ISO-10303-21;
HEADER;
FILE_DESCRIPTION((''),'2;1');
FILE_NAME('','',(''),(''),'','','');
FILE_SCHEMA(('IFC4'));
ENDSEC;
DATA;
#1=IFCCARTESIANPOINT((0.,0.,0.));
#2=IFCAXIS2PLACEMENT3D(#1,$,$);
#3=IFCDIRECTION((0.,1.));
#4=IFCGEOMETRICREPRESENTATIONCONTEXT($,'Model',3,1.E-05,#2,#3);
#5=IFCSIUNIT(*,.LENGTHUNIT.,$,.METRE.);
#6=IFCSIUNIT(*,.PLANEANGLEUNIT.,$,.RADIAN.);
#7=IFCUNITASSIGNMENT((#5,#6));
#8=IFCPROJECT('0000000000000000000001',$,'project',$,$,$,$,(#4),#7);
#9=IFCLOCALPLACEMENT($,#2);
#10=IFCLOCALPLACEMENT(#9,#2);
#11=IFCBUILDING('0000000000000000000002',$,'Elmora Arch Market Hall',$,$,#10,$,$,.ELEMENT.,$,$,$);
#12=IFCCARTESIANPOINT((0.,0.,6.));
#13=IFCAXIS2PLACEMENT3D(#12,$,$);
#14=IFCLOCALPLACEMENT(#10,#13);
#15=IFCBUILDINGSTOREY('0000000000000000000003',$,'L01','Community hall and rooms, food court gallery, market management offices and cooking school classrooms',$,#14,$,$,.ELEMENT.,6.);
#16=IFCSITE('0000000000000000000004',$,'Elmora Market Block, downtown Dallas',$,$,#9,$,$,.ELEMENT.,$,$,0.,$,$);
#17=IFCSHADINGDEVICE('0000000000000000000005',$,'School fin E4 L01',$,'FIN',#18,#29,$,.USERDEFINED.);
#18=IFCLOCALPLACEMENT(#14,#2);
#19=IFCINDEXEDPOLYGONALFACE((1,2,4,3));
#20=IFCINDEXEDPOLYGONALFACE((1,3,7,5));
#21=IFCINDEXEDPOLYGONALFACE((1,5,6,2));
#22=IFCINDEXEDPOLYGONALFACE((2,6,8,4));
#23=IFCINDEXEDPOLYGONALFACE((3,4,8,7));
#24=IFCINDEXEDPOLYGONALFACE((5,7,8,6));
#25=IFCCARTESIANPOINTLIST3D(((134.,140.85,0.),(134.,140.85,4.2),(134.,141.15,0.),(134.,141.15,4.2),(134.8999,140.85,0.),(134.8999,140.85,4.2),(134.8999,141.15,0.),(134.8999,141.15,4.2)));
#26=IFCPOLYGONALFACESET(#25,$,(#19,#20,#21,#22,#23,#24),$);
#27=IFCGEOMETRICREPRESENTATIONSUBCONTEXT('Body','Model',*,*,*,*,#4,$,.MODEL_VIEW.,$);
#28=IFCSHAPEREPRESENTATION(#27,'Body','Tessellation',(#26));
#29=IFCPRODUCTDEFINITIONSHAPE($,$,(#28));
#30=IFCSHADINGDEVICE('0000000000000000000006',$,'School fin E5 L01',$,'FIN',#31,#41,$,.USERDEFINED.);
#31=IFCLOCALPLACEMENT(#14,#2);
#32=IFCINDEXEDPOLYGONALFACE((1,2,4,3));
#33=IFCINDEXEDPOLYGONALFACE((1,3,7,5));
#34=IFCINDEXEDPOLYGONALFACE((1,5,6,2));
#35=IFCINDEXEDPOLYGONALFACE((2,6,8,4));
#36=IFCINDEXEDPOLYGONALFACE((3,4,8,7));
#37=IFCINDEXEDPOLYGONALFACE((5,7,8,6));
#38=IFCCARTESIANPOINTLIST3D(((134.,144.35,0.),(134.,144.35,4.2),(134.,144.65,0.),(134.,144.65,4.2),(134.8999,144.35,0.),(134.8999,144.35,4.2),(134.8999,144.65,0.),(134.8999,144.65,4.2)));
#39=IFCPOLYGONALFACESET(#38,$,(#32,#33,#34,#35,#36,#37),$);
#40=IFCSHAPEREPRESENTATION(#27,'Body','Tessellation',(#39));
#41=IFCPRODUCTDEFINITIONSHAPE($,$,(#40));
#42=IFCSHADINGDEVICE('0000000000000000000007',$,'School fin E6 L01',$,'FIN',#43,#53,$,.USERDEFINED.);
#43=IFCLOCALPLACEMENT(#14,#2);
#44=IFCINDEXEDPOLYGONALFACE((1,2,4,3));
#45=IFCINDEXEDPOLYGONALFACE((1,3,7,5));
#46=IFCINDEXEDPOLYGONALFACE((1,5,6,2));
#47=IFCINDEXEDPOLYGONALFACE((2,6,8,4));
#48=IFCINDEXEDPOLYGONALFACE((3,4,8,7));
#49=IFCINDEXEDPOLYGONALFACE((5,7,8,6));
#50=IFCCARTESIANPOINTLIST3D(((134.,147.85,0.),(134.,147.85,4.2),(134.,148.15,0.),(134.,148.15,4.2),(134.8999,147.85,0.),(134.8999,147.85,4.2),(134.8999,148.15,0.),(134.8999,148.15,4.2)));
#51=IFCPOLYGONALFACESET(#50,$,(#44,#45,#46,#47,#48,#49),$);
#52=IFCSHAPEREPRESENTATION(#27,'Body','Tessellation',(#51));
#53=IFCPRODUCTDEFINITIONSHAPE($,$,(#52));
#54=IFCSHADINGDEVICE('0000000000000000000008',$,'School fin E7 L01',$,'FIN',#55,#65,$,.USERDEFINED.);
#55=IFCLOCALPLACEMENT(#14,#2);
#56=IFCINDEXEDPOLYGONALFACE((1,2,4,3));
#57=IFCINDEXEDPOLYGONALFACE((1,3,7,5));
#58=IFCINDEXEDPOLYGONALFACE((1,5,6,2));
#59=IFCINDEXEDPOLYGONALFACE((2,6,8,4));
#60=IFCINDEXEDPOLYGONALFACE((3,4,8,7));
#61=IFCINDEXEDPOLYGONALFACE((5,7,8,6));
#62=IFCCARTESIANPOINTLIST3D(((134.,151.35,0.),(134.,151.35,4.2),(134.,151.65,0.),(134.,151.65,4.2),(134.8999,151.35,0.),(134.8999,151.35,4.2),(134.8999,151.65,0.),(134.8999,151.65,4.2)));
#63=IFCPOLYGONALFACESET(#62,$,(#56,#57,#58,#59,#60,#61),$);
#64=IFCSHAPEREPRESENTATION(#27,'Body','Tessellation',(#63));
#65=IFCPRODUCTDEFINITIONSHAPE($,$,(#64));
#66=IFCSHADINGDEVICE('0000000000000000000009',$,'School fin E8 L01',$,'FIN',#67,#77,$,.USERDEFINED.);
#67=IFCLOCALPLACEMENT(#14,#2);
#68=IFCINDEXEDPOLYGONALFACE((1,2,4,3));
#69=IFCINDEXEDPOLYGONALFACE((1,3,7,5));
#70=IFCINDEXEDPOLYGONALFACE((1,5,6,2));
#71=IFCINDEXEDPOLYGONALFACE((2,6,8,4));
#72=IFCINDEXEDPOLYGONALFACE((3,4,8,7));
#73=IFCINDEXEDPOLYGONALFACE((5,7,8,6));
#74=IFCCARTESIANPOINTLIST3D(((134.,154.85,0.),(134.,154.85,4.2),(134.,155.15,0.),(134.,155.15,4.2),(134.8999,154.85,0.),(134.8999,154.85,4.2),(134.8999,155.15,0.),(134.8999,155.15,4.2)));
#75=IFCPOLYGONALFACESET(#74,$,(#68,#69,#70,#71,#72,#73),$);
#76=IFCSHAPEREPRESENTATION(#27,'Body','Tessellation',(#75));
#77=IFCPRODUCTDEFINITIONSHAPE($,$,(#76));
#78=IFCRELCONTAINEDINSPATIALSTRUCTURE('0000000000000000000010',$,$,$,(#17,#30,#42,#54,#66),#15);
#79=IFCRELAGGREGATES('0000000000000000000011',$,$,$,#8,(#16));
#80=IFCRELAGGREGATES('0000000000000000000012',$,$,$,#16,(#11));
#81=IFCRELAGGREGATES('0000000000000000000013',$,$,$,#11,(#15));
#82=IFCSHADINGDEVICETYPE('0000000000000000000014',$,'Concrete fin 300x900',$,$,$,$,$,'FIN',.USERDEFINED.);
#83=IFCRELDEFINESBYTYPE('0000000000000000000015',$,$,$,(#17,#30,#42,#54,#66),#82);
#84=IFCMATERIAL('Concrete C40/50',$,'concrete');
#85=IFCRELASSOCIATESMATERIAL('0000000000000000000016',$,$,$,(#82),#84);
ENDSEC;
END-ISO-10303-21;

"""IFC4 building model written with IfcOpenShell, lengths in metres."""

from ifc_helpers import new_model, si_unit, direction, frame, origin, origin_2d, place, context, subcontext, project, spatial, rectangle, extrude, material, type_object, element, save


model = new_model("IFC4")

# Units and contexts
model_context = context("Model", 3, precision=1e-05, world=origin(), true_north=direction((0.0, 1.0)))
body_context = subcontext(model_context, "Body", "Model", "MODEL_VIEW")
ifc_project = project(units=[si_unit("LENGTHUNIT", "METRE"), si_unit("PLANEANGLEUNIT", "RADIAN")], contexts=[model_context])

# Site, building, storey
site_placement = place(None, origin())
site = spatial("IfcSite", under=ifc_project, at=site_placement, Name="Elmora Market Block, downtown Dallas", CompositionType="ELEMENT", RefElevation=0.0)
building_placement = place(site_placement, origin())
building = spatial("IfcBuilding", under=site, at=building_placement, Name="Elmora Arch Market Hall", CompositionType="ELEMENT")
storey_placement = place(building_placement, frame((0.0, 0.0, 6.0)))
storey = spatial("IfcBuildingStorey", under=building, at=storey_placement, Name="L01", Description="Community hall and rooms, food court gallery, market management offices and cooking school classrooms", CompositionType="ELEMENT", Elevation=6.0)

# Shading devices
ifc_material_1 = material(Name="Concrete C40/50", Category="concrete")
shading_device_type_1 = type_object("IfcShadingDeviceType", Name="Concrete fin 300x900", ElementType="FIN", PredefinedType="USERDEFINED", material=ifc_material_1)
for number, where, z_axis, x_axis, name in (
    (1, (134.45, 141.0, 0.0), (0.0, 0.0, 1.0), (1.0, 0.0, 0.0), "School fin E4 L01"),
    (2, (134.45, 144.5, 0.0), (0.0, 0.0, 1.0), (1.0, 0.0, 0.0), "School fin E5 L01"),
    (3, (134.45, 148.0, 0.0), (0.0, 0.0, 1.0), (1.0, 0.0, 0.0), "School fin E6 L01"),
    (4, (134.45, 151.5, 0.0), (0.0, 0.0, 1.0), (1.0, 0.0, 0.0), "School fin E7 L01"),
    (5, (134.45, 155.0, 0.0), (0.0, 0.0, 1.0), (1.0, 0.0, 0.0), "School fin E8 L01"),
):
    element("IfcShadingDevice", number, at=place(storey_placement, frame(where, z_axis=z_axis, x_axis=x_axis)), inside=storey, type_object=shading_device_type_1, Name=name, ObjectType="FIN", PredefinedType="USERDEFINED", context=body_context, shape_type="SweptSolid", body=[
        extrude(rectangle(XDim=0.8999, YDim=0.3, at=origin_2d()), origin(), (0.0, 0.0, 1.0), 4.2),
    ])

save(model, "model.ifc")
